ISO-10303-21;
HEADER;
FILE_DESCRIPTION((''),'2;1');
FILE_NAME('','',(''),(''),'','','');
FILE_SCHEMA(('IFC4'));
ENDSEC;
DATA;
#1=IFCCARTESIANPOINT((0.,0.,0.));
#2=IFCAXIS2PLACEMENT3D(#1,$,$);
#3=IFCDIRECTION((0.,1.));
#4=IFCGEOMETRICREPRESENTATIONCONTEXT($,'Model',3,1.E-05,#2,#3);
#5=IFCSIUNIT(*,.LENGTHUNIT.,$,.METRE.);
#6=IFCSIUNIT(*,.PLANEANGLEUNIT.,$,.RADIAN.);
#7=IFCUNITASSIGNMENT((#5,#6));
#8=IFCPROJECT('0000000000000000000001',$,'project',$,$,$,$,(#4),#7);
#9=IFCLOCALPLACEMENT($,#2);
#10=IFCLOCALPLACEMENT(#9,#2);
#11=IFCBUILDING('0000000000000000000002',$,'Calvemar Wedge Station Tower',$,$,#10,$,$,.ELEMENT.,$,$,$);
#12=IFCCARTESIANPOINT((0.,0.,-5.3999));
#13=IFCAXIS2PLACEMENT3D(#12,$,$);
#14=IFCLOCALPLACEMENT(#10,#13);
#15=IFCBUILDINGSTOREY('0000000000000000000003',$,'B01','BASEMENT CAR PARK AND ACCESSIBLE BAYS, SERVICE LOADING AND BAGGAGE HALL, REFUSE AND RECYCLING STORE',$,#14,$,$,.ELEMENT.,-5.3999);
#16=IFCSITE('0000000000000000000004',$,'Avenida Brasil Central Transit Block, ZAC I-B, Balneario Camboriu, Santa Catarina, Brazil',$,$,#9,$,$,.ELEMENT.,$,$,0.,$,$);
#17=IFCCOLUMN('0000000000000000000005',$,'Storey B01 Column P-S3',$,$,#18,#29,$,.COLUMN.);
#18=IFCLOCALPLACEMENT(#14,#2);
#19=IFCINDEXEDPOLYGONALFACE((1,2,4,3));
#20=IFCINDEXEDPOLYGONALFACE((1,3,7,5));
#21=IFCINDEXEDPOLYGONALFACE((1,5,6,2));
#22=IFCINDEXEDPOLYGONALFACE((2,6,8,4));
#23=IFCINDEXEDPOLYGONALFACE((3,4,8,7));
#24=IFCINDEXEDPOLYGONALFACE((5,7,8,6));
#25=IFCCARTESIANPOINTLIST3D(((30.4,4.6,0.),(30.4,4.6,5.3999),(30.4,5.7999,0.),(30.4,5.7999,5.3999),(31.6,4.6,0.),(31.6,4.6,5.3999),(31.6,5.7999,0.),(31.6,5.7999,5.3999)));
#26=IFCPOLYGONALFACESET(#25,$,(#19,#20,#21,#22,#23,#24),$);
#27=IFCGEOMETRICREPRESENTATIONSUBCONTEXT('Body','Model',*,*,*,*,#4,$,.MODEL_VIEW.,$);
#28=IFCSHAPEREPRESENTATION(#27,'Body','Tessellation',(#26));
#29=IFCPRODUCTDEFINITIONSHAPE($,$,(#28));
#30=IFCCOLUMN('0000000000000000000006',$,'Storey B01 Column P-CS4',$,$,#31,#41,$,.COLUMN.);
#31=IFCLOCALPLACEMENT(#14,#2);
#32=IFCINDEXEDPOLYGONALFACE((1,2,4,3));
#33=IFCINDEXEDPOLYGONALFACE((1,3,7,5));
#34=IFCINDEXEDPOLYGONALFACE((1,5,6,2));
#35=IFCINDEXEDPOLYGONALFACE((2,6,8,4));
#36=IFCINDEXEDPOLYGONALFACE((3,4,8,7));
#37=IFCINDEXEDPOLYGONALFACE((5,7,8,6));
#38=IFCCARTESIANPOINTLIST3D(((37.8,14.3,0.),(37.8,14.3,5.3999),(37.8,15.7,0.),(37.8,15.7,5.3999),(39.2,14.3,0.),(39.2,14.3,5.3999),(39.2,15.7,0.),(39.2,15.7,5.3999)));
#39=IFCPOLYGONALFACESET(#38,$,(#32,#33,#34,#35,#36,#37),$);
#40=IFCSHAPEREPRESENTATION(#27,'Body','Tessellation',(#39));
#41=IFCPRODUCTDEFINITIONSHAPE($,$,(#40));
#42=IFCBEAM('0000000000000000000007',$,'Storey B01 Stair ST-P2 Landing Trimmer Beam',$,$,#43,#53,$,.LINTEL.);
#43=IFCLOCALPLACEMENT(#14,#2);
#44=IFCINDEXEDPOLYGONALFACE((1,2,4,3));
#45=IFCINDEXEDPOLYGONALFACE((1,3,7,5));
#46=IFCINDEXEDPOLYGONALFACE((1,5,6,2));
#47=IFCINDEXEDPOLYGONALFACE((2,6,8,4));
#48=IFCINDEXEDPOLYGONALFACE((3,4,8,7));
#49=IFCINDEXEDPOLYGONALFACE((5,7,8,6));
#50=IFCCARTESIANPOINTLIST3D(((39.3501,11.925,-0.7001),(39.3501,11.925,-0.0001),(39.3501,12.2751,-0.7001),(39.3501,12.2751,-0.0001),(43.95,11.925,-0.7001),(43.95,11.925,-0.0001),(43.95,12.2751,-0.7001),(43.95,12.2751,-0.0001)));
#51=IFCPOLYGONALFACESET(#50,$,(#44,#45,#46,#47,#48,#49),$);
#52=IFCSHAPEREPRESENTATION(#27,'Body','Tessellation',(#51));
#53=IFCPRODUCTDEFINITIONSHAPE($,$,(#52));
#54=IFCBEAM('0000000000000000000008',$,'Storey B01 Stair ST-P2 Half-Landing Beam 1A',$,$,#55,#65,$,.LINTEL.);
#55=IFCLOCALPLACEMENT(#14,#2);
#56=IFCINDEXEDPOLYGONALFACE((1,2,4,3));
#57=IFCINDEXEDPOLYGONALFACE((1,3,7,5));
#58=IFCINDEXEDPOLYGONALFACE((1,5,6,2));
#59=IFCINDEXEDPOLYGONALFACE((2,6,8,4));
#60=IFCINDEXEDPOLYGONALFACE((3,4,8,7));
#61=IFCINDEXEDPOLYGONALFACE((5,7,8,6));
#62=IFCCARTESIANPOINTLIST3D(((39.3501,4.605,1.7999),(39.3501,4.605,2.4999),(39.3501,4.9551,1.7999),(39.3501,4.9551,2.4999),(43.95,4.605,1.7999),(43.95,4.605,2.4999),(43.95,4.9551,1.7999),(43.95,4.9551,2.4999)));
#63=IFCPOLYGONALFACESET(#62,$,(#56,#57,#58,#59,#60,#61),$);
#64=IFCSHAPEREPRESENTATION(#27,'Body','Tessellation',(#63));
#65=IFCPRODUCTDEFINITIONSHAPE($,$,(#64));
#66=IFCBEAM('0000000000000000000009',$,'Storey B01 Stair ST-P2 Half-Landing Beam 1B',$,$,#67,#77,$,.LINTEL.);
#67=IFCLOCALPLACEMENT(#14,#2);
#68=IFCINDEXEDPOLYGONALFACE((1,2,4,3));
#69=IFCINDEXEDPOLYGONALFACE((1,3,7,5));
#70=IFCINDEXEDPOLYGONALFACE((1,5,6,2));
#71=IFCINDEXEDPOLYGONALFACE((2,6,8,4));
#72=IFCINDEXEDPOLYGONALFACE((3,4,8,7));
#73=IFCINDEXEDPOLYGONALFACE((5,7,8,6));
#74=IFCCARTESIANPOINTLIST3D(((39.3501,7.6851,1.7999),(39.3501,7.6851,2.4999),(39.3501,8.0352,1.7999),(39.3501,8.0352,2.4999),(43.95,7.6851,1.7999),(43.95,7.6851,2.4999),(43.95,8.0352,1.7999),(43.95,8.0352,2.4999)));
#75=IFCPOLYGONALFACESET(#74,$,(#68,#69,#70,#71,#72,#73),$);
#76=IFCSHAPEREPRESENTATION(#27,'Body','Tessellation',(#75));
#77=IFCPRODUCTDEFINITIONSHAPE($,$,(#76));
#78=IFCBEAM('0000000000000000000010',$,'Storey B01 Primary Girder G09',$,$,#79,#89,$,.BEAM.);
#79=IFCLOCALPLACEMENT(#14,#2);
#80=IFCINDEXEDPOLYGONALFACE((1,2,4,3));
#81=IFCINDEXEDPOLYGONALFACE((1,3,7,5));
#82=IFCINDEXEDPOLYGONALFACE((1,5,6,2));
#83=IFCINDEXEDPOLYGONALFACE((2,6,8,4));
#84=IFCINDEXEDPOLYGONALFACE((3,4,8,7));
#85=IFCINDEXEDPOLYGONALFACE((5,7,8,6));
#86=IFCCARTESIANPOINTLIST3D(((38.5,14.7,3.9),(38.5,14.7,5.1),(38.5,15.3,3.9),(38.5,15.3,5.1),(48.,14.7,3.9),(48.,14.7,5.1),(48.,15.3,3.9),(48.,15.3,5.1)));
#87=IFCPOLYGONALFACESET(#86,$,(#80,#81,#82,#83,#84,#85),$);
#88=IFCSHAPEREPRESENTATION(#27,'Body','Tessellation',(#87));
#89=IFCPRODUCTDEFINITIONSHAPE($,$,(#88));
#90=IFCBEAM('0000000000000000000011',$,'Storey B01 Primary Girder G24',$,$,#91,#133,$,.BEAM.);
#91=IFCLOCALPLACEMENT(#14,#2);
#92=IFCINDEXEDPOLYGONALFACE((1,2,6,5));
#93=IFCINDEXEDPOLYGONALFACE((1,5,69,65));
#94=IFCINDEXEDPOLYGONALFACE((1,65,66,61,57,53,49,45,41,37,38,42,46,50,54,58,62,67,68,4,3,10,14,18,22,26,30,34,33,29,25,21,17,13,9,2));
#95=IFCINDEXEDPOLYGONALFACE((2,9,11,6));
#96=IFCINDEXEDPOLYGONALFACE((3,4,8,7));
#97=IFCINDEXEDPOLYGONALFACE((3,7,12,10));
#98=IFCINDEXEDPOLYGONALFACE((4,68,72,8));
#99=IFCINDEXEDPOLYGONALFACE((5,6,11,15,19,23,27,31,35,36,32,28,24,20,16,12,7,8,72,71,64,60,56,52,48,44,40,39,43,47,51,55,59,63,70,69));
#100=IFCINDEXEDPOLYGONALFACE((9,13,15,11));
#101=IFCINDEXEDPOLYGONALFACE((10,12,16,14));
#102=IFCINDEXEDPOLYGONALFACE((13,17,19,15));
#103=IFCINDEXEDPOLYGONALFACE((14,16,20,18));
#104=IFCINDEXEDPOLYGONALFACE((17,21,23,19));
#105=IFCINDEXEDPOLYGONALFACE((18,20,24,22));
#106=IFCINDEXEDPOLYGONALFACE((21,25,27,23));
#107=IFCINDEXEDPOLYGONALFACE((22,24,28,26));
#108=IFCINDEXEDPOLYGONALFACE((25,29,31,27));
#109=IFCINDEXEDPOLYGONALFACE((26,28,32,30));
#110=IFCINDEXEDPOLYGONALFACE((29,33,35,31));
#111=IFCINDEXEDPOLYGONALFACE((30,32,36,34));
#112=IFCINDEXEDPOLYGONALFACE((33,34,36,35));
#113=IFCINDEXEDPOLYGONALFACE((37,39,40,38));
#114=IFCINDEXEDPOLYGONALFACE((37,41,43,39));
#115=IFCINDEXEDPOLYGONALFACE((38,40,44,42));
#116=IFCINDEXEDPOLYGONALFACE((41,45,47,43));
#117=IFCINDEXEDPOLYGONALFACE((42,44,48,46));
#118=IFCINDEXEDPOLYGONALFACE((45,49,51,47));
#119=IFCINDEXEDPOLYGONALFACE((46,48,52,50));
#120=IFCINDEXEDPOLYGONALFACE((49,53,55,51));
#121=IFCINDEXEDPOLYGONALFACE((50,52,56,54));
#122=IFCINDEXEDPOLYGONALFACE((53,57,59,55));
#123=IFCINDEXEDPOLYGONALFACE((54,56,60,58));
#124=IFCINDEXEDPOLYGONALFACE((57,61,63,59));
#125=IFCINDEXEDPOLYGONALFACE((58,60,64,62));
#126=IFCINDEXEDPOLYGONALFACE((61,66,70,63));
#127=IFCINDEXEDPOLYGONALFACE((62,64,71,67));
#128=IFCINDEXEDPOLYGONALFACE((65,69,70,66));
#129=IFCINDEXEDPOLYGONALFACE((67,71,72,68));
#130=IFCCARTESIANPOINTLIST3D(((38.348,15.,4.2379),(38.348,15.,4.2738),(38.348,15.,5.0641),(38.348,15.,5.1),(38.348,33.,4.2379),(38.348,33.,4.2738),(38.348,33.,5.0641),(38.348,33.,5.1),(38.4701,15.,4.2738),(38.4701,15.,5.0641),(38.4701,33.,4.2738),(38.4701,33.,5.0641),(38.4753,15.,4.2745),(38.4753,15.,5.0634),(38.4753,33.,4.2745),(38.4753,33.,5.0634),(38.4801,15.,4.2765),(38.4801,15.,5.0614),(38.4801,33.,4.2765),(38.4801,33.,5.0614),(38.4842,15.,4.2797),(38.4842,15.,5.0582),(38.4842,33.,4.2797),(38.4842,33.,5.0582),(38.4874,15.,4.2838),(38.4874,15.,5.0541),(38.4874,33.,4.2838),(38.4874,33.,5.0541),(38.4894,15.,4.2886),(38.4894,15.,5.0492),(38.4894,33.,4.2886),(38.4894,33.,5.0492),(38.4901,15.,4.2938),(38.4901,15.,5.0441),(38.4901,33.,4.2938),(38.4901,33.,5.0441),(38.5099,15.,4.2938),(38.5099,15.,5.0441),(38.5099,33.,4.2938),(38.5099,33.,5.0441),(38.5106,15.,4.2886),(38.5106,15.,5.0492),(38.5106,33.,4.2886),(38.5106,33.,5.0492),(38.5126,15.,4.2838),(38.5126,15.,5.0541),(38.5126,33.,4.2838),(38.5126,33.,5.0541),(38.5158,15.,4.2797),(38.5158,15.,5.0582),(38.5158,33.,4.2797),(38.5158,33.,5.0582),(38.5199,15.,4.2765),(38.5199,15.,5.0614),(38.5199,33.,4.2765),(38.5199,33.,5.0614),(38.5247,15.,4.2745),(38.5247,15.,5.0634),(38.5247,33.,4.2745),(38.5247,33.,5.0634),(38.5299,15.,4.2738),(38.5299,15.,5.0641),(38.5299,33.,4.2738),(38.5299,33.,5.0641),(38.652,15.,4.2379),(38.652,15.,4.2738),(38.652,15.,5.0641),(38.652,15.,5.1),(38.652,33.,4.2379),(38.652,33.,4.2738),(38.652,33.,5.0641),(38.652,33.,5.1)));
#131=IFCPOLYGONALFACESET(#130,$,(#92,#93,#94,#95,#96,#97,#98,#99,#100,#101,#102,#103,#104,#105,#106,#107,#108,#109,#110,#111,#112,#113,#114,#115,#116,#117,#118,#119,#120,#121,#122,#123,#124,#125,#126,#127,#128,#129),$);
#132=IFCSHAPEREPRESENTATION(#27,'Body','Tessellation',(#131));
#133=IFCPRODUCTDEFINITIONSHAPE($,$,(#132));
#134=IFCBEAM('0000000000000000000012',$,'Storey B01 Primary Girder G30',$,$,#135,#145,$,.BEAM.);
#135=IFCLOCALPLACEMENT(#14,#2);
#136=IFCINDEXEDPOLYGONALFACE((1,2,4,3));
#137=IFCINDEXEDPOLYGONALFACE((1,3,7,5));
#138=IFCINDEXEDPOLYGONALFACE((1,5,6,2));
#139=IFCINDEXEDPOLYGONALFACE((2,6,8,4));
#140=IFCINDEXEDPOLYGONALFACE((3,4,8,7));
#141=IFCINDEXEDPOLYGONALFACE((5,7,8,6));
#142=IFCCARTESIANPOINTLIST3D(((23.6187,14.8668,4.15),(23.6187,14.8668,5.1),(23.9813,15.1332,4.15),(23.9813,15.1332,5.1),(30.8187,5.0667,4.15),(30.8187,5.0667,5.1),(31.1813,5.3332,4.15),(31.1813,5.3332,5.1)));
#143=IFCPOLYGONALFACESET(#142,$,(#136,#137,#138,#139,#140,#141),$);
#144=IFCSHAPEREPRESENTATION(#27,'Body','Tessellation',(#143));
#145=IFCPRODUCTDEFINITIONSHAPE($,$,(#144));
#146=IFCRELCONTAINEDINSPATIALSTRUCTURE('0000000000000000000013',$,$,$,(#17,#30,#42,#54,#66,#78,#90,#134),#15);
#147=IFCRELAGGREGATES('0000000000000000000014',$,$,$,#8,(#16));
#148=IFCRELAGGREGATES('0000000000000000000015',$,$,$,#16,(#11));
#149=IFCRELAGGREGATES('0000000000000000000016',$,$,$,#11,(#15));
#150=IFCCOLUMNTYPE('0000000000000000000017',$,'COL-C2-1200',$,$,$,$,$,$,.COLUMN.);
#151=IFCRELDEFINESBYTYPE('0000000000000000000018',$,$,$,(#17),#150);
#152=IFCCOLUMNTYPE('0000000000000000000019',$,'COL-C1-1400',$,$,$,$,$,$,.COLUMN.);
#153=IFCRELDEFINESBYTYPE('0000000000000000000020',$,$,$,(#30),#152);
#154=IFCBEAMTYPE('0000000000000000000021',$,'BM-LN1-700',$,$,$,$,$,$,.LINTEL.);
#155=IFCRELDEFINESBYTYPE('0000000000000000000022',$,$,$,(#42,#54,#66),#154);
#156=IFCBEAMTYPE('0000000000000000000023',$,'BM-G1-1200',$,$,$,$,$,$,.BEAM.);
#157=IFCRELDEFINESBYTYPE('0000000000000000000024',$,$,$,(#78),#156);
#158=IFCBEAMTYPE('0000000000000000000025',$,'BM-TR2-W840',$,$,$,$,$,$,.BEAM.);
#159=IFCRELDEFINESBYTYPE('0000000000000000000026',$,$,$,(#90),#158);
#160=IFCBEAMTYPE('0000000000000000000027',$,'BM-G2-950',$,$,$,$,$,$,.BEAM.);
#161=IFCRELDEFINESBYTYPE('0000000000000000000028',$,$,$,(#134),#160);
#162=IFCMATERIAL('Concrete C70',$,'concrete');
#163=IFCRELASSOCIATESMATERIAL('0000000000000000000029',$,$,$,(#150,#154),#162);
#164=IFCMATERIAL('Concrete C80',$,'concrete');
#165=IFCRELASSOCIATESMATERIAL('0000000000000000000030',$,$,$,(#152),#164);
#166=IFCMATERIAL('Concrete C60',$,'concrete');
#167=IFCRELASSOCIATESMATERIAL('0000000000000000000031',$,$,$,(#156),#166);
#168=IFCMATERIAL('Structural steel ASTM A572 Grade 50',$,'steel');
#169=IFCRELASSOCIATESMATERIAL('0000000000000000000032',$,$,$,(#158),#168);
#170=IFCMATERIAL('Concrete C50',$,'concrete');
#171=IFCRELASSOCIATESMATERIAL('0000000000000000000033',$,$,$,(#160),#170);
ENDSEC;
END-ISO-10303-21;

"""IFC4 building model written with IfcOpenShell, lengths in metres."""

from ifc_helpers import new_model, si_unit, direction, frame, origin, origin_2d, place, context, subcontext, project, spatial, rectangle, i_section, extrude, source, transform, mapped, material, material_profile, profile_set, type_object, element, save


model = new_model("IFC4")

# Units and contexts
model_context = context("Model", 3, precision=1e-05, world=origin(), true_north=direction((0.0, 1.0)))
body_context = subcontext(model_context, "Body", "Model", "MODEL_VIEW")
ifc_project = project(units=[si_unit("LENGTHUNIT", "METRE"), si_unit("PLANEANGLEUNIT", "RADIAN")], contexts=[model_context])

# Site, building, storey
site_placement = place(None, origin())
site = spatial("IfcSite", under=ifc_project, at=site_placement, Name="Avenida Brasil Central Transit Block, ZAC I-B, Balneario Camboriu, Santa Catarina, Brazil", CompositionType="ELEMENT", RefElevation=0.0)
building_placement = place(site_placement, origin())
building = spatial("IfcBuilding", under=site, at=building_placement, Name="Calvemar Wedge Station Tower", CompositionType="ELEMENT")
storey_placement = place(building_placement, frame((0.0, 0.0, -5.3999)))
storey = spatial("IfcBuildingStorey", under=building, at=storey_placement, Name="B01", Description="BASEMENT CAR PARK AND ACCESSIBLE BAYS, SERVICE LOADING AND BAGGAGE HALL, REFUSE AND RECYCLING STORE", CompositionType="ELEMENT", Elevation=-5.3999)

# Columns
ifc_material_1 = material(Name="Concrete C70", Category="concrete")
ifc_material_profile_1 = material_profile(ifc_material_1, rectangle(XDim=1.2, YDim=1.2, at=origin_2d()), Name="RC1200x1200")
ifc_profile_set_1 = profile_set([ifc_material_profile_1], Name="Concrete C70")
column_type_1 = type_object("IfcColumnType", Name="COL-C2-1200", PredefinedType="COLUMN", material=ifc_profile_set_1)
shared_shape_1 = source(origin(), body_context, "Body", "SweptSolid", [
    extrude(rectangle(XDim=1.2, YDim=1.2, at=origin_2d()), origin(), (0.0, 0.0, 1.0), 5.3999),
])
column_1_placement = place(storey_placement, frame((31.0, 5.2, 0.0), z_axis=(0.0, 0.0, 1.0), x_axis=(1.0, 0.0, 0.0)))
element("IfcColumn", 1, at=column_1_placement, inside=storey, type_object=column_type_1, Name="Storey B01 Column P-S3", PredefinedType="COLUMN", context=body_context, shape_type="MappedRepresentation", body=[
    mapped(shared_shape_1, transform((0.0, 0.0, 0.0), scale=1.0)),
])
ifc_material_2 = material(Name="Concrete C80", Category="concrete")
ifc_material_profile_2 = material_profile(ifc_material_2, rectangle(XDim=1.3999, YDim=1.3999, at=origin_2d()), Name="RC1400x1400")
ifc_profile_set_2 = profile_set([ifc_material_profile_2], Name="Concrete C80")
column_type_2 = type_object("IfcColumnType", Name="COL-C1-1400", PredefinedType="COLUMN", material=ifc_profile_set_2)
shared_shape_2 = source(origin(), body_context, "Body", "SweptSolid", [
    extrude(rectangle(XDim=1.3999, YDim=1.3999, at=origin_2d()), origin(), (0.0, 0.0, 1.0), 5.3999),
])
column_2_placement = place(storey_placement, frame((38.5, 15.0, 0.0), z_axis=(0.0, 0.0, 1.0), x_axis=(1.0, 0.0, 0.0)))
element("IfcColumn", 2, at=column_2_placement, inside=storey, type_object=column_type_2, Name="Storey B01 Column P-CS4", PredefinedType="COLUMN", context=body_context, shape_type="MappedRepresentation", body=[
    mapped(shared_shape_2, transform((0.0, 0.0, 0.0), scale=1.0)),
])

# Beams
ifc_material_profile_3 = material_profile(ifc_material_1, rectangle(XDim=0.3501, YDim=0.7, at=origin_2d()), Name="RC350x700")
ifc_profile_set_3 = profile_set([ifc_material_profile_3], Name="Concrete C70")
beam_type_1 = type_object("IfcBeamType", Name="BM-LN1-700", PredefinedType="LINTEL", material=ifc_profile_set_3)
shared_shape_3 = source(origin(), body_context, "Body", "SweptSolid", [
    extrude(rectangle(XDim=0.3501, YDim=0.7, at=origin_2d()), origin(), (0.0, 0.0, 1.0), 4.5999),
])
for number, where, z_axis, x_axis, name in (
    (3, (39.3501, 12.1001, -0.3501), (1.0, 0.0, 0.0), (0.0, 1.0, 0.0), "Storey B01 Stair ST-P2 Landing Trimmer Beam"),
    (4, (39.3501, 4.78, 2.1499), (1.0, 0.0, 0.0), (0.0, 1.0, 0.0), "Storey B01 Stair ST-P2 Half-Landing Beam 1A"),
    (5, (39.3501, 7.8601, 2.1499), (1.0, 0.0, 0.0), (0.0, 1.0, 0.0), "Storey B01 Stair ST-P2 Half-Landing Beam 1B"),
):
    element("IfcBeam", number, at=place(storey_placement, frame(where, z_axis=z_axis, x_axis=x_axis)), inside=storey, type_object=beam_type_1, Name=name, PredefinedType="LINTEL", context=body_context, shape_type="MappedRepresentation", body=[
        mapped(shared_shape_3, transform((0.0, 0.0, 0.0), scale=1.0)),
    ])
ifc_material_3 = material(Name="Concrete C60", Category="concrete")
ifc_material_profile_4 = material_profile(ifc_material_3, rectangle(XDim=0.6001, YDim=1.2, at=origin_2d()), Name="RC600x1200")
ifc_profile_set_4 = profile_set([ifc_material_profile_4], Name="Concrete C60")
beam_type_2 = type_object("IfcBeamType", Name="BM-G1-1200", PredefinedType="BEAM", material=ifc_profile_set_4)
shared_shape_4 = source(origin(), body_context, "Body", "SweptSolid", [
    extrude(rectangle(XDim=0.6001, YDim=1.2, at=origin_2d()), origin(), (0.0, 0.0, 1.0), 9.5),
])
beam_1_placement = place(storey_placement, frame((38.5, 15.0, 4.5), z_axis=(1.0, 0.0, 0.0), x_axis=(0.0, 1.0, 0.0)))
element("IfcBeam", 6, at=beam_1_placement, inside=storey, type_object=beam_type_2, Name="Storey B01 Primary Girder G09", PredefinedType="BEAM", context=body_context, shape_type="MappedRepresentation", body=[
    mapped(shared_shape_4, transform((0.0, 0.0, 0.0), scale=1.0)),
])
ifc_material_4 = material(Name="Structural steel ASTM A572 Grade 50", Category="steel")
ifc_material_profile_5 = material_profile(ifc_material_4, i_section(OverallWidth=0.304, OverallDepth=0.8621, WebThickness=0.0198, FlangeThickness=0.0359, FilletRadius=0.02, at=origin_2d()), Name="W840x329")
ifc_profile_set_5 = profile_set([ifc_material_profile_5], Name="Structural steel ASTM A572 Grade 50")
beam_type_3 = type_object("IfcBeamType", Name="BM-TR2-W840", PredefinedType="BEAM", material=ifc_profile_set_5)
shared_shape_5 = source(origin(), body_context, "Body", "SweptSolid", [
    extrude(i_section(OverallWidth=0.304, OverallDepth=0.8621, WebThickness=0.0198, FlangeThickness=0.0359, FilletRadius=0.02, at=origin_2d()), origin(), (0.0, 0.0, 1.0), 18.0),
])
beam_2_placement = place(storey_placement, frame((38.5, 15.0, 4.6689), z_axis=(0.0, 1.0, 0.0), x_axis=(-1.0, 0.0, 0.0)))
element("IfcBeam", 7, at=beam_2_placement, inside=storey, type_object=beam_type_3, Name="Storey B01 Primary Girder G24", PredefinedType="BEAM", context=body_context, shape_type="MappedRepresentation", body=[
    mapped(shared_shape_5, transform((0.0, 0.0, 0.0), scale=1.0)),
])
ifc_material_5 = material(Name="Concrete C50", Category="concrete")
ifc_material_profile_6 = material_profile(ifc_material_5, rectangle(XDim=0.45, YDim=0.95, at=origin_2d()), Name="RC450x950")
ifc_profile_set_6 = profile_set([ifc_material_profile_6], Name="Concrete C50")
beam_type_4 = type_object("IfcBeamType", Name="BM-G2-950", PredefinedType="BEAM", material=ifc_profile_set_6)
shared_shape_6 = source(origin(), body_context, "Body", "SweptSolid", [
    extrude(rectangle(XDim=0.45, YDim=0.95, at=origin_2d()), origin(), (0.0, 0.0, 1.0), 12.1606),
])
beam_3_placement = place(storey_placement, frame((31.0, 5.2, 4.625), z_axis=(-0.592072, 0.805885, 0.0), x_axis=(-0.805885, -0.592072, 0.0)))
element("IfcBeam", 8, at=beam_3_placement, inside=storey, type_object=beam_type_4, Name="Storey B01 Primary Girder G30", PredefinedType="BEAM", context=body_context, shape_type="MappedRepresentation", body=[
    mapped(shared_shape_6, transform((0.0, 0.0, 0.0), scale=1.0)),
])

save(model, "model.ifc")
